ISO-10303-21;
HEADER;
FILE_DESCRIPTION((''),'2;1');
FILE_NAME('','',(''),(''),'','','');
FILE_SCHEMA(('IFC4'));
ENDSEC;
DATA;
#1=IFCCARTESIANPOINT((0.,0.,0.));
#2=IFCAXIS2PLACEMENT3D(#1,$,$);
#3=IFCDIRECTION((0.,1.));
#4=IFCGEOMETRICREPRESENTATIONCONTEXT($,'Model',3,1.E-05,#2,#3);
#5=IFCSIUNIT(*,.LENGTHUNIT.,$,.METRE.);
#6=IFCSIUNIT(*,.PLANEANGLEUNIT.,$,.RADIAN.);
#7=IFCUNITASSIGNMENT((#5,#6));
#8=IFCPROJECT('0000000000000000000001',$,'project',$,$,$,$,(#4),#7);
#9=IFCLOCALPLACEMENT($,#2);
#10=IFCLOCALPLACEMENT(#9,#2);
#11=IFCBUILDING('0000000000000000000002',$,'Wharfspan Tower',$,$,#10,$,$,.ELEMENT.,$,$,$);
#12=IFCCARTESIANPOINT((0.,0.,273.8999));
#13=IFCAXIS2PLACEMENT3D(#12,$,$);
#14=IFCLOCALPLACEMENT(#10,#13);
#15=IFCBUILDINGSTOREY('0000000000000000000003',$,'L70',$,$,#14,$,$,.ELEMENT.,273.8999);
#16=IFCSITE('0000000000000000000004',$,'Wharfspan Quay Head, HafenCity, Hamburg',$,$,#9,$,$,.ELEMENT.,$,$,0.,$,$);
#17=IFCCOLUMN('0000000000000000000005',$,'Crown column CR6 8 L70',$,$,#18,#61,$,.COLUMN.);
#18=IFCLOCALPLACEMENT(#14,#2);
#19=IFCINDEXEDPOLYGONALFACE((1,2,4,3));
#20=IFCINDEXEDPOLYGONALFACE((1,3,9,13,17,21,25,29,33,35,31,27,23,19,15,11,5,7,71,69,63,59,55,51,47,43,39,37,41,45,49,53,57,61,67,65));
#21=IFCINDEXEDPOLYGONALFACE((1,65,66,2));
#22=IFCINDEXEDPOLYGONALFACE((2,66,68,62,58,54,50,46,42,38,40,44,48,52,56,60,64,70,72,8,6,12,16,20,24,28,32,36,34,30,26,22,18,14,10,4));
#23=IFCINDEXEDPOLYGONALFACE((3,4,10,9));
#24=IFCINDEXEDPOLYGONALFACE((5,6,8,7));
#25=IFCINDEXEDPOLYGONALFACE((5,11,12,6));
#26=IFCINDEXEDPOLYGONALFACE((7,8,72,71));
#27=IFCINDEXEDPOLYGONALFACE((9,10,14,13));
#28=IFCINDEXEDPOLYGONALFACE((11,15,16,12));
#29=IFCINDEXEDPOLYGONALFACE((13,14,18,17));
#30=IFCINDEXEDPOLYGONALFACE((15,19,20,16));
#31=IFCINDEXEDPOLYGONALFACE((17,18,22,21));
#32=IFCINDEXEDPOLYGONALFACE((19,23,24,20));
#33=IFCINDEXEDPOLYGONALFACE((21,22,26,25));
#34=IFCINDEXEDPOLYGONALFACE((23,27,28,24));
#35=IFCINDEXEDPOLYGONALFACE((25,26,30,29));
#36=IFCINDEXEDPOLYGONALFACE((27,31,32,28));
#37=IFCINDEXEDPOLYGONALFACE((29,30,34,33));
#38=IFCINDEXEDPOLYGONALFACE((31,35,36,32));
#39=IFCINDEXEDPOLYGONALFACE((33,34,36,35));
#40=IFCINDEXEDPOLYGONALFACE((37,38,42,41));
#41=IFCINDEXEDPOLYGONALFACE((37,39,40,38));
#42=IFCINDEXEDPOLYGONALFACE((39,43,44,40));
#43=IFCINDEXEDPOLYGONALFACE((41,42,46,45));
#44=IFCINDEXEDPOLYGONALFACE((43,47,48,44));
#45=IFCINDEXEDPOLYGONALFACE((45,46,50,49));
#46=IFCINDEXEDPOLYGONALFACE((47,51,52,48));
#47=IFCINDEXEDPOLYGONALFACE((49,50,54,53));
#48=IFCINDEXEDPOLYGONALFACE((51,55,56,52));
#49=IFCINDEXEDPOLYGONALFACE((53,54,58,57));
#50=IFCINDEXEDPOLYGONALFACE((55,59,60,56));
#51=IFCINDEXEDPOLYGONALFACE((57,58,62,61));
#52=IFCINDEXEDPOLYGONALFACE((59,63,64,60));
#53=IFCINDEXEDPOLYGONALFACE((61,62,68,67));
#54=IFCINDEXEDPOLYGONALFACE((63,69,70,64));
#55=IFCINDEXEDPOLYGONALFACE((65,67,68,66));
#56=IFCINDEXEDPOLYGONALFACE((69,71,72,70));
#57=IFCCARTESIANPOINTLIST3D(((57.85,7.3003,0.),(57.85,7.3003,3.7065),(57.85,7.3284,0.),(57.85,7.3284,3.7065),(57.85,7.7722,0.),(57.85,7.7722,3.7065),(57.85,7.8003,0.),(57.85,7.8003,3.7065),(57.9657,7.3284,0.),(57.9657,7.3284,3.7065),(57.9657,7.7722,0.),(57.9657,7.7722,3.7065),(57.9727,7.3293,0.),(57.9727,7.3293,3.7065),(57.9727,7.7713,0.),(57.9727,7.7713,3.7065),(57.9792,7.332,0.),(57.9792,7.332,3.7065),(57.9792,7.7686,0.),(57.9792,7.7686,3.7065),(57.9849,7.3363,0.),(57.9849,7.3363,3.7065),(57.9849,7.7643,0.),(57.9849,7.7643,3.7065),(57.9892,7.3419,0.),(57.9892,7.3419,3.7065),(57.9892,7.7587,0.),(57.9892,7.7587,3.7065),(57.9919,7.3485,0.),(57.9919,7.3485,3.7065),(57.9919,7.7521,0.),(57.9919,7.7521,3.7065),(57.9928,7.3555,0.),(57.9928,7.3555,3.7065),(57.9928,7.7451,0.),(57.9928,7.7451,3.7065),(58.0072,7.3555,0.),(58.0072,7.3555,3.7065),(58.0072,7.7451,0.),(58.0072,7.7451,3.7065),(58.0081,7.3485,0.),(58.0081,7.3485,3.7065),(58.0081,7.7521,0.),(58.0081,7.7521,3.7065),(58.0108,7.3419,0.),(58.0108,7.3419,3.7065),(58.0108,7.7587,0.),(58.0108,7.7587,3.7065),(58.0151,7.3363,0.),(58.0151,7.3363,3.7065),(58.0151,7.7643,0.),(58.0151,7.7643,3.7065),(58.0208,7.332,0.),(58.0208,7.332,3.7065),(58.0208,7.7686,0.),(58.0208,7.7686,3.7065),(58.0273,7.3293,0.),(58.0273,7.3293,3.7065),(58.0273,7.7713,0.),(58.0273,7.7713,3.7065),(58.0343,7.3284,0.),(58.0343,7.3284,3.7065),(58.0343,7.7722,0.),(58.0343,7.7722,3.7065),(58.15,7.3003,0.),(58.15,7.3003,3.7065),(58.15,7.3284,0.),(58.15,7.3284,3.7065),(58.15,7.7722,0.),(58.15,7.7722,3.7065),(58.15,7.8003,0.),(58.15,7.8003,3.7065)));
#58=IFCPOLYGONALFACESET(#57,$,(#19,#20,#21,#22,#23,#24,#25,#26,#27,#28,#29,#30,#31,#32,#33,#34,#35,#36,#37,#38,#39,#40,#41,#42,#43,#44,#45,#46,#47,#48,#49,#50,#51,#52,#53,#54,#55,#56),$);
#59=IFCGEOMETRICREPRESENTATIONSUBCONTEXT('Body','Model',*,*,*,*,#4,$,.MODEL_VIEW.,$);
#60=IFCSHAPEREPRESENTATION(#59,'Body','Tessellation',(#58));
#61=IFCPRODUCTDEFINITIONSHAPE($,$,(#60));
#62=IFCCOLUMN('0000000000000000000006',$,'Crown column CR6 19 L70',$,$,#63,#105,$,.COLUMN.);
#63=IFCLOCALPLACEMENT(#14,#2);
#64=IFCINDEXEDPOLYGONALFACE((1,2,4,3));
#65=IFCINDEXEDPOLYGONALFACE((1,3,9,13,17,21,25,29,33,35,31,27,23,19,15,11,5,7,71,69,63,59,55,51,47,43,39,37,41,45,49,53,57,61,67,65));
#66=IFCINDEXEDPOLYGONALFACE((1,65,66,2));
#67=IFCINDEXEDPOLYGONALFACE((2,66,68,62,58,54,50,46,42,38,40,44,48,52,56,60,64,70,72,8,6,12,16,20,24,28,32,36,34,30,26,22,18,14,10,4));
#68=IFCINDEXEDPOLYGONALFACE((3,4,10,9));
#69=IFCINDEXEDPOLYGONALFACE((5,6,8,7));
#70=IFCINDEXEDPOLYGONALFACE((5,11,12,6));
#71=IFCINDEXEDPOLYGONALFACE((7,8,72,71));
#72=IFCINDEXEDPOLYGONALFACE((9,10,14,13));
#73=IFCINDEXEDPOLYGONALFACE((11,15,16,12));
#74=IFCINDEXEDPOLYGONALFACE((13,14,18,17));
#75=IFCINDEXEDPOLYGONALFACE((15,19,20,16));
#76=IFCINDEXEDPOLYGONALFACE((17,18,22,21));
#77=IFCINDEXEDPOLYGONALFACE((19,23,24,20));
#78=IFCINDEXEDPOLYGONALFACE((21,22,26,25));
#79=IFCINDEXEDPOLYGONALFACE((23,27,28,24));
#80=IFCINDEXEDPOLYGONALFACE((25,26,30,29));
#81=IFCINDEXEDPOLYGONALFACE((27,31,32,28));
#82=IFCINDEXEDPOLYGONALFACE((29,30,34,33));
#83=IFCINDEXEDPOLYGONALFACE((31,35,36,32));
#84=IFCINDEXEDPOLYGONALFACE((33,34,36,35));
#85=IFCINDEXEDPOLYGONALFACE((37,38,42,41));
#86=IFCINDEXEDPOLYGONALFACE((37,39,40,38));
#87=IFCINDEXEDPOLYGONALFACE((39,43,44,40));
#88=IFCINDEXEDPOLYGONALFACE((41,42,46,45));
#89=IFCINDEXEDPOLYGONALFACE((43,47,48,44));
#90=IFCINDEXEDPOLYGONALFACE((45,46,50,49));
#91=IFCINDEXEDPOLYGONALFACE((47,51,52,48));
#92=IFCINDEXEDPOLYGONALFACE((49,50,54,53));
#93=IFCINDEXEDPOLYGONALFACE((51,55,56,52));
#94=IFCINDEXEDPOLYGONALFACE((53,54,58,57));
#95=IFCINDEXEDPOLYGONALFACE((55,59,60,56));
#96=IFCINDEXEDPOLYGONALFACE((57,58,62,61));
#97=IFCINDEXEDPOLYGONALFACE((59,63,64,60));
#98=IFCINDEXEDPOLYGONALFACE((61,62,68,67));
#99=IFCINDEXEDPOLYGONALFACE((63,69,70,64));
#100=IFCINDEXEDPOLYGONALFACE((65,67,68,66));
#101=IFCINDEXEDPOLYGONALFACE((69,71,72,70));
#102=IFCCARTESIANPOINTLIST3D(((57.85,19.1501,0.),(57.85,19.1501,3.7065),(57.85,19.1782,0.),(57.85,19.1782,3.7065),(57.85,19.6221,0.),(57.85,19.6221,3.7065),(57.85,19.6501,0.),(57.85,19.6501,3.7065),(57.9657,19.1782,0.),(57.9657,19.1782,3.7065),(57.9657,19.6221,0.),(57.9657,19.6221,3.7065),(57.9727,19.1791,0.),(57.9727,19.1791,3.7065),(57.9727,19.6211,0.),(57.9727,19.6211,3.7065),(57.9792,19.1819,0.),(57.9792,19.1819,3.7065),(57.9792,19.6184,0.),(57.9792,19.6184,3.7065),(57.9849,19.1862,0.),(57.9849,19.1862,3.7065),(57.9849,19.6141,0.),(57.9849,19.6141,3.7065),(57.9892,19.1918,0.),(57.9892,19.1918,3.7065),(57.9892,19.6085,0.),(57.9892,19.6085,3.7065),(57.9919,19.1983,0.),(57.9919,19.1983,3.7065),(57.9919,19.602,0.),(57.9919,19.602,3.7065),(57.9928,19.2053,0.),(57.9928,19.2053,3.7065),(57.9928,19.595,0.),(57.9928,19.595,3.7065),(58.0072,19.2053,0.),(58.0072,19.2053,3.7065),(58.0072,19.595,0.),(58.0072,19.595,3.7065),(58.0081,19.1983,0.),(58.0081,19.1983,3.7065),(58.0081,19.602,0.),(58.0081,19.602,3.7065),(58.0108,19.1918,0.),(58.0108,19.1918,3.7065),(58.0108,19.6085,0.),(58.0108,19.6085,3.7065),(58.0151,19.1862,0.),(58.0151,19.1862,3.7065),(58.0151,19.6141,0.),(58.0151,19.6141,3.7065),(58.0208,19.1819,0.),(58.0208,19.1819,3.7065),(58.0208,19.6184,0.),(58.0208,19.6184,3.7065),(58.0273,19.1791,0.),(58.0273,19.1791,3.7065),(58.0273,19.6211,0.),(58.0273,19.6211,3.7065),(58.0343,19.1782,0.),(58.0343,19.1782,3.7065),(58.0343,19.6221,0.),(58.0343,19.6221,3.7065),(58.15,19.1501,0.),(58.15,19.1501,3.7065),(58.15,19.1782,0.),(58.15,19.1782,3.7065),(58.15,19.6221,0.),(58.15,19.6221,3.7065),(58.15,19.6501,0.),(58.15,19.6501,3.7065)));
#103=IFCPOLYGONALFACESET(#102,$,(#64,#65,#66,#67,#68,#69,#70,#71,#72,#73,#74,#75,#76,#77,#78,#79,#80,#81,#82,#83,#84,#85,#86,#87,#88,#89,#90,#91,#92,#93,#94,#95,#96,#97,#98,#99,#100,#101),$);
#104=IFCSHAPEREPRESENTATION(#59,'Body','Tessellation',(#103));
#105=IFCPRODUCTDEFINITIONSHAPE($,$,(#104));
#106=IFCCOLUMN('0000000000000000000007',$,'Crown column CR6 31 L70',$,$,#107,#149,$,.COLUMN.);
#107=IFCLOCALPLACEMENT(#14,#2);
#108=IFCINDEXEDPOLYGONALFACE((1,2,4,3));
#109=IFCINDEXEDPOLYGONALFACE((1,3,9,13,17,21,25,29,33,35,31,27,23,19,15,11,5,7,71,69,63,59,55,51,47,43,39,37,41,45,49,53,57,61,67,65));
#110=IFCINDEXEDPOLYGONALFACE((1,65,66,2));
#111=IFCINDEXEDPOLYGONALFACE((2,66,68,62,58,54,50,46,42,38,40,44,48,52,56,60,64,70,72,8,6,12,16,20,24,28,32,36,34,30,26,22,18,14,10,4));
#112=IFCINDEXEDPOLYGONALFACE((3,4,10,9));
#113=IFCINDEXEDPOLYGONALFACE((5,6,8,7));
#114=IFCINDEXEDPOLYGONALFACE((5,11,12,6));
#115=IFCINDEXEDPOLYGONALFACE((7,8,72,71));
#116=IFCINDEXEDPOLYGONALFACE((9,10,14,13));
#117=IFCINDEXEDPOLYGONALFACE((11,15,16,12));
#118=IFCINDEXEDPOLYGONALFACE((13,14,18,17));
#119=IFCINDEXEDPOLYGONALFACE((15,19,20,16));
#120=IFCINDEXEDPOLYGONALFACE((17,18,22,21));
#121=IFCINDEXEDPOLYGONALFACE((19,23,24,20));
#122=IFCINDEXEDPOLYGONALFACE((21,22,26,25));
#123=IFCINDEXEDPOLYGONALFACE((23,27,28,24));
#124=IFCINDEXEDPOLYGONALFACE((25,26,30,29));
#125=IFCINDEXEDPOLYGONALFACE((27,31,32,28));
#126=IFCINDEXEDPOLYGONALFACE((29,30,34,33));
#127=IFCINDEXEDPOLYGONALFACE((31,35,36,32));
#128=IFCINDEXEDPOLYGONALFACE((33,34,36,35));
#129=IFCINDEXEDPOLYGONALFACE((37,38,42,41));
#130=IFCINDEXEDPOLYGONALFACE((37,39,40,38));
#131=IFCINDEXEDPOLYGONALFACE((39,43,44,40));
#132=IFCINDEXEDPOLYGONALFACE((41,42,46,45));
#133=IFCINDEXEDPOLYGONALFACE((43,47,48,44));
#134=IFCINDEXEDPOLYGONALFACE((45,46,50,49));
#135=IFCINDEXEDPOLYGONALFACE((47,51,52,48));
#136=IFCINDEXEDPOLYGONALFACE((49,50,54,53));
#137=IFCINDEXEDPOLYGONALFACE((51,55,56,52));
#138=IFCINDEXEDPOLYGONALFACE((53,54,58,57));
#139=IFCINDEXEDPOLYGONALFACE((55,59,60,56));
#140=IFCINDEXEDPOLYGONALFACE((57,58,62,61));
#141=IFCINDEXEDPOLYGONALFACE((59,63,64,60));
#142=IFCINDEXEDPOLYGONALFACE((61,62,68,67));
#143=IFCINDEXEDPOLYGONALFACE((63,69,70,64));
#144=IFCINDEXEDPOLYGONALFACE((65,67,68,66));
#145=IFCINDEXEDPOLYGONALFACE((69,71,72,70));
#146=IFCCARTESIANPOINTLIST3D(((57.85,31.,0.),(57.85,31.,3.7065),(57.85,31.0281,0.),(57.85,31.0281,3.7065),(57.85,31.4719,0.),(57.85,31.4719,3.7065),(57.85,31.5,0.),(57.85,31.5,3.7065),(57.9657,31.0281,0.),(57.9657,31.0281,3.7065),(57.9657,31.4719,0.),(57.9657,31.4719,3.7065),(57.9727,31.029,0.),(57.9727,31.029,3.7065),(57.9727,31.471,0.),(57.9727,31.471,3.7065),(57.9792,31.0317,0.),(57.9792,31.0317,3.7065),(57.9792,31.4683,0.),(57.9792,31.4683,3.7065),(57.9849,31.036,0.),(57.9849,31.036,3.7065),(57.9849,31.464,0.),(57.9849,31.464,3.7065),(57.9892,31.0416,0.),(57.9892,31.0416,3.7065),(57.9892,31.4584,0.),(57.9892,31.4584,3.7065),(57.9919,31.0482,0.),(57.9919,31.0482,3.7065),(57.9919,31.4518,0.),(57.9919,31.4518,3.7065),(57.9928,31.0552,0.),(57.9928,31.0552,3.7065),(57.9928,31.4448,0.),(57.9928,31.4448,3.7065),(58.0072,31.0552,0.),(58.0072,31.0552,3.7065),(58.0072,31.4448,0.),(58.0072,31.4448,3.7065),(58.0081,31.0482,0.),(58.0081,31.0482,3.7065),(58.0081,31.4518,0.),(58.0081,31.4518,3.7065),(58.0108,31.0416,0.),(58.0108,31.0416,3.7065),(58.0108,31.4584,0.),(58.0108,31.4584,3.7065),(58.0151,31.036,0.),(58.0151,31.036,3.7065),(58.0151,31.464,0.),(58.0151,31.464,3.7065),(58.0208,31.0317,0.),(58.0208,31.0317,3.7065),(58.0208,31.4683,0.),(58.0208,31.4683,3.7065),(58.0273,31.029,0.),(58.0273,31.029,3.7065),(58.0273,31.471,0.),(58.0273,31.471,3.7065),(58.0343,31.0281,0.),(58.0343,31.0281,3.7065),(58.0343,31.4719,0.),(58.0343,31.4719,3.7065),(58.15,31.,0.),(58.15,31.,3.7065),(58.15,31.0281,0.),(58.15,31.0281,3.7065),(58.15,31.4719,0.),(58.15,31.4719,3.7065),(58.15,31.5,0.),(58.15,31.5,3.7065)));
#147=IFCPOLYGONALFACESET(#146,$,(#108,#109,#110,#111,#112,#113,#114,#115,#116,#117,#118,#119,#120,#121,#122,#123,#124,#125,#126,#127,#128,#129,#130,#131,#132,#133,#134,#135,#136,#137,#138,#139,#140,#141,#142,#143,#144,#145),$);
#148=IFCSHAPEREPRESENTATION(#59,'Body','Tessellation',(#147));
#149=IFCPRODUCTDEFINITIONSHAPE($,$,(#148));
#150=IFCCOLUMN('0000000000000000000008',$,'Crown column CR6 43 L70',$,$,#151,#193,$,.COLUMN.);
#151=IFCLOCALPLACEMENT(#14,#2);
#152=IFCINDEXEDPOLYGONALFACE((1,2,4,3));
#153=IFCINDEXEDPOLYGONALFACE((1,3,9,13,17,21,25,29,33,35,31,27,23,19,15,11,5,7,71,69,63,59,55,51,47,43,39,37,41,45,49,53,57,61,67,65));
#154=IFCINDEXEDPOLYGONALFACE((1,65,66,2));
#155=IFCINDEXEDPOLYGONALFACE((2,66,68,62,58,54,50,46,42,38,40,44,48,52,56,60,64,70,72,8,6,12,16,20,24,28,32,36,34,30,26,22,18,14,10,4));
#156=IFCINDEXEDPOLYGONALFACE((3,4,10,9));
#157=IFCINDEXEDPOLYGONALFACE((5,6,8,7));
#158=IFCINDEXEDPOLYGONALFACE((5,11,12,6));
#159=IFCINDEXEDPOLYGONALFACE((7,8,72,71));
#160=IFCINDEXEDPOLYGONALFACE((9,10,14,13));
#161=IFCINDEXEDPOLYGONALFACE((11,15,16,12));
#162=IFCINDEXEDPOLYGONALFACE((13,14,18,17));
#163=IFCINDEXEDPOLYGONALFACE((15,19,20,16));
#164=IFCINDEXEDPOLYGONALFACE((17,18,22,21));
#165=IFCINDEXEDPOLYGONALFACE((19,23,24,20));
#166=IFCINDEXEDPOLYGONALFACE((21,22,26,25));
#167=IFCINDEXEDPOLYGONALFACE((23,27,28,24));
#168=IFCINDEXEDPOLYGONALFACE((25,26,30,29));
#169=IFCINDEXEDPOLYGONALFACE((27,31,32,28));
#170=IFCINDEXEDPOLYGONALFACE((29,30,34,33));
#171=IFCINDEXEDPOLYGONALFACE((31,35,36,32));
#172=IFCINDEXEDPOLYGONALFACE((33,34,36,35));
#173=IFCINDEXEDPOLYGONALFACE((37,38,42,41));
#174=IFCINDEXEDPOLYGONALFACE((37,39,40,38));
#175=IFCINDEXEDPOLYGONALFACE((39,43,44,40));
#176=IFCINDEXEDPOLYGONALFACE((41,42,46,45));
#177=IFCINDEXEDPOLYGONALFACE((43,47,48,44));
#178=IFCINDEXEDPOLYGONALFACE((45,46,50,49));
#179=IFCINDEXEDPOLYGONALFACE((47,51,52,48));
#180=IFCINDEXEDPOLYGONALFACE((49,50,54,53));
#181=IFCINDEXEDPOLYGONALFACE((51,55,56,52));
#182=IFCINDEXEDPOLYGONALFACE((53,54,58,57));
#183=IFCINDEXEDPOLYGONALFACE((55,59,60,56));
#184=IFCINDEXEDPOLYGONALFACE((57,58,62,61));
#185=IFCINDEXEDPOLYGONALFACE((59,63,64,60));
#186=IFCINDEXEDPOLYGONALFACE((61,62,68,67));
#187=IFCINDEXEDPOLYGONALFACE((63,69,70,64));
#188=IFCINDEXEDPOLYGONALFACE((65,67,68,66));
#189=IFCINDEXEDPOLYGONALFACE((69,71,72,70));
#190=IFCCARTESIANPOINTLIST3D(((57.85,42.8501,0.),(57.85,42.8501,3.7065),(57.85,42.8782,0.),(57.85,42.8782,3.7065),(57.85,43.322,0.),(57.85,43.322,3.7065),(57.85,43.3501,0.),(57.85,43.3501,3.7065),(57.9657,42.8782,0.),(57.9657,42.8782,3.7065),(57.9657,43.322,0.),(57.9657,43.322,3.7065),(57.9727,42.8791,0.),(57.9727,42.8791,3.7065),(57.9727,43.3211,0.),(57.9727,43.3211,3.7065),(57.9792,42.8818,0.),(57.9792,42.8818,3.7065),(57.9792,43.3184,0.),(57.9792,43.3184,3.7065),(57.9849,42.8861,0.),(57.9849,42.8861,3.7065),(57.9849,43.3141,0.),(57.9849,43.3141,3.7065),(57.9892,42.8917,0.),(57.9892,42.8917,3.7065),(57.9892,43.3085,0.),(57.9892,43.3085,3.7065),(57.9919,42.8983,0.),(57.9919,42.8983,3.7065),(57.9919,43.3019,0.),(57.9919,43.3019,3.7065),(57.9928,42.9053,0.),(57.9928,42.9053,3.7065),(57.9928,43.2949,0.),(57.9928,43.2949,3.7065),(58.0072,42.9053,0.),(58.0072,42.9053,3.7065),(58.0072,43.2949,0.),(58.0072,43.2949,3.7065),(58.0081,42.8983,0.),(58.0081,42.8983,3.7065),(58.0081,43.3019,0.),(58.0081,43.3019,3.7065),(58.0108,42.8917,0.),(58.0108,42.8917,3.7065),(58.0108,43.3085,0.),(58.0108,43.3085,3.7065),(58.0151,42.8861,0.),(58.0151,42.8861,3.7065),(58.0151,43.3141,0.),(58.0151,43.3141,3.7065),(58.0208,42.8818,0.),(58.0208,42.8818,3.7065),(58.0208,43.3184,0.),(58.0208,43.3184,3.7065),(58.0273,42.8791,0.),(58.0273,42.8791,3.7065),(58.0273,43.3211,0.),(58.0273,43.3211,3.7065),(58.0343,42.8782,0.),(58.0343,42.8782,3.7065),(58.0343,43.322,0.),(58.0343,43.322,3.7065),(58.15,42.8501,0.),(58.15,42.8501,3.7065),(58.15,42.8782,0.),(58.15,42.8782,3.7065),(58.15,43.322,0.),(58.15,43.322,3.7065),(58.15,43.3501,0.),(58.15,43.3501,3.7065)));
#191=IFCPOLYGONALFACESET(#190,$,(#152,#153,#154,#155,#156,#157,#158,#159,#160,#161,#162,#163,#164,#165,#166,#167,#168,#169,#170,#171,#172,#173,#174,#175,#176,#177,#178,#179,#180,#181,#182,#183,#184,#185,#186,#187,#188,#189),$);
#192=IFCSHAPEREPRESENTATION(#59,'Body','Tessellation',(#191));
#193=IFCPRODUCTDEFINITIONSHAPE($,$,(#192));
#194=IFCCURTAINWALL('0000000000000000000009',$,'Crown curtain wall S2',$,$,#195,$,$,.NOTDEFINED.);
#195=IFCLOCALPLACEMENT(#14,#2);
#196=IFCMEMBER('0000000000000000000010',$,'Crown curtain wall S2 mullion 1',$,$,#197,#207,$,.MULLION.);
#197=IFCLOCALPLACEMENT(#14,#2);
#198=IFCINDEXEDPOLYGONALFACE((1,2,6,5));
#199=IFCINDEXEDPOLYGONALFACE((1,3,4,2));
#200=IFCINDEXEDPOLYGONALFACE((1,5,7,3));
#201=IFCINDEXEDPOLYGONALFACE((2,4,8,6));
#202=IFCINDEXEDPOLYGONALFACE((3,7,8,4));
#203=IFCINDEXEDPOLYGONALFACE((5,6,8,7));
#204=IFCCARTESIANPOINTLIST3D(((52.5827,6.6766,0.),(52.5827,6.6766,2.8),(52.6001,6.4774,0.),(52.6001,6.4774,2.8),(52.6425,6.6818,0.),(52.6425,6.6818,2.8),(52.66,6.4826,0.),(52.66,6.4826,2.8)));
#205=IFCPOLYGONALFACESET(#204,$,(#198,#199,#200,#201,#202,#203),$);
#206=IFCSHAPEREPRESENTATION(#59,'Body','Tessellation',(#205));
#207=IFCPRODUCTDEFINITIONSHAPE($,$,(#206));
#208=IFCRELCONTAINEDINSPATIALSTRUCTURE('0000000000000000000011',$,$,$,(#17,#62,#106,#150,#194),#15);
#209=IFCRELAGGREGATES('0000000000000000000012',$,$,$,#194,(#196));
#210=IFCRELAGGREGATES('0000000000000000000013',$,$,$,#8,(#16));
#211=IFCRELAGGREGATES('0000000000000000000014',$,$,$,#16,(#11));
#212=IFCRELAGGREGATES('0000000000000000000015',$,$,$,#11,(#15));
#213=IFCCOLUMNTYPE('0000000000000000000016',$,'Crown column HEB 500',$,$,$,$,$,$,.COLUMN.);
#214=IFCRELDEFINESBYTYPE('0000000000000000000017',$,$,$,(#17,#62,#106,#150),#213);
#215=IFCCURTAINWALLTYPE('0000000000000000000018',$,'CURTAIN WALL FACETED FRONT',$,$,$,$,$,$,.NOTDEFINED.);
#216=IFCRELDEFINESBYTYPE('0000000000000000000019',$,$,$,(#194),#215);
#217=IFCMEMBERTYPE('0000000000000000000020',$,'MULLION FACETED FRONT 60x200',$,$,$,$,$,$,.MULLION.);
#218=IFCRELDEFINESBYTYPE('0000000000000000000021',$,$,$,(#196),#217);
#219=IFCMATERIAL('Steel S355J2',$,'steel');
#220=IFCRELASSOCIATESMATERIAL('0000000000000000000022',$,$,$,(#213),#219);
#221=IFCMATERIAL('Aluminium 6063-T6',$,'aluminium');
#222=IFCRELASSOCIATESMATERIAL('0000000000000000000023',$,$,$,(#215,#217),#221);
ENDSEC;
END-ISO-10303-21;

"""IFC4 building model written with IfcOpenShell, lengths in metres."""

from ifc_helpers import new_model, si_unit, direction, frame, origin, origin_2d, place, context, subcontext, project, spatial, rectangle, i_section, extrude, material, material_profile, profile_set, type_object, element, aggregate, save


model = new_model("IFC4")

# Units and contexts
model_context = context("Model", 3, precision=1e-05, world=origin(), true_north=direction((0.0, 1.0)))
body_context = subcontext(model_context, "Body", "Model", "MODEL_VIEW")
ifc_project = project(units=[si_unit("LENGTHUNIT", "METRE"), si_unit("PLANEANGLEUNIT", "RADIAN")], contexts=[model_context])

# Site, building, storey
site_placement = place(None, origin())
site = spatial("IfcSite", under=ifc_project, at=site_placement, Name="Wharfspan Quay Head, HafenCity, Hamburg", CompositionType="ELEMENT", RefElevation=0.0)
building_placement = place(site_placement, origin())
building = spatial("IfcBuilding", under=site, at=building_placement, Name="Wharfspan Tower", CompositionType="ELEMENT")
storey_placement = place(building_placement, frame((0.0, 0.0, 273.8999)))
storey = spatial("IfcBuildingStorey", under=building, at=storey_placement, Name="L70", CompositionType="ELEMENT", Elevation=273.8999)

# Columns
ifc_material_1 = material(Name="Steel S355J2", Category="steel")
ifc_material_profile_1 = material_profile(ifc_material_1, i_section(OverallWidth=0.3, OverallDepth=0.5, WebThickness=0.0144, FlangeThickness=0.0281, FilletRadius=0.0271, at=origin_2d()))
ifc_profile_set_1 = profile_set([ifc_material_profile_1], Name="Steel S355J2")
column_type = type_object("IfcColumnType", Name="Crown column HEB 500", PredefinedType="COLUMN", material=ifc_profile_set_1)
for number, where, z_axis, x_axis, name in (
    (1, (58.0, 7.5503, 0.0), (0.0, 0.0, 1.0), (1.0, 0.0, 0.0), "Crown column CR6 8 L70"),
    (2, (58.0, 19.4001, 0.0), (0.0, 0.0, 1.0), (1.0, 0.0, 0.0), "Crown column CR6 19 L70"),
    (3, (58.0, 31.25, 0.0), (0.0, 0.0, 1.0), (1.0, 0.0, 0.0), "Crown column CR6 31 L70"),
    (4, (58.0, 43.1001, 0.0), (0.0, 0.0, 1.0), (1.0, 0.0, 0.0), "Crown column CR6 43 L70"),
):
    element("IfcColumn", number, at=place(storey_placement, frame(where, z_axis=z_axis, x_axis=x_axis)), inside=storey, type_object=column_type, Name=name, PredefinedType="COLUMN", context=body_context, shape_type="SweptSolid", body=[
        extrude(i_section(OverallWidth=0.3, OverallDepth=0.5, WebThickness=0.0144, FlangeThickness=0.0281, FilletRadius=0.0271, at=origin_2d()), origin(), (0.0, 0.0, 1.0), 3.7065),
    ])

# Curtain wall, member
ifc_material_2 = material(Name="Aluminium 6063-T6", Category="aluminium")
curtain_wall_type_1 = type_object("IfcCurtainWallType", Name="CURTAIN WALL FACETED FRONT", PredefinedType="NOTDEFINED", material=ifc_material_2)
curtain_wall_1_placement = place(storey_placement, origin())
curtain_wall_1 = element("IfcCurtainWall", 5, at=curtain_wall_1_placement, inside=storey, type_object=curtain_wall_type_1, Name="Crown curtain wall S2", PredefinedType="NOTDEFINED")
ifc_material_profile_2 = material_profile(ifc_material_2, rectangle(XDim=0.2, YDim=0.0601, at=origin_2d()))
ifc_profile_set_2 = profile_set([ifc_material_profile_2], Name="Aluminium 6063-T6")
member_type_1 = type_object("IfcMemberType", Name="MULLION FACETED FRONT 60x200", PredefinedType="MULLION", material=ifc_profile_set_2)
member_1_placement = place(storey_placement, frame((52.6213, 6.5796, 0.0), z_axis=(0.0, 0.0, 1.0), x_axis=(-0.087156, 0.996198, 0.0)))
member_1 = element("IfcMember", 6, at=member_1_placement, type_object=member_type_1, Name="Crown curtain wall S2 mullion 1", PredefinedType="MULLION", context=body_context, shape_type="SweptSolid", body=[
    extrude(rectangle(XDim=0.2, YDim=0.0601, at=origin_2d()), origin(), (0.0, 0.0, 1.0), 2.8),
])

aggregate(curtain_wall_1, [member_1])

save(model, "model.ifc")
